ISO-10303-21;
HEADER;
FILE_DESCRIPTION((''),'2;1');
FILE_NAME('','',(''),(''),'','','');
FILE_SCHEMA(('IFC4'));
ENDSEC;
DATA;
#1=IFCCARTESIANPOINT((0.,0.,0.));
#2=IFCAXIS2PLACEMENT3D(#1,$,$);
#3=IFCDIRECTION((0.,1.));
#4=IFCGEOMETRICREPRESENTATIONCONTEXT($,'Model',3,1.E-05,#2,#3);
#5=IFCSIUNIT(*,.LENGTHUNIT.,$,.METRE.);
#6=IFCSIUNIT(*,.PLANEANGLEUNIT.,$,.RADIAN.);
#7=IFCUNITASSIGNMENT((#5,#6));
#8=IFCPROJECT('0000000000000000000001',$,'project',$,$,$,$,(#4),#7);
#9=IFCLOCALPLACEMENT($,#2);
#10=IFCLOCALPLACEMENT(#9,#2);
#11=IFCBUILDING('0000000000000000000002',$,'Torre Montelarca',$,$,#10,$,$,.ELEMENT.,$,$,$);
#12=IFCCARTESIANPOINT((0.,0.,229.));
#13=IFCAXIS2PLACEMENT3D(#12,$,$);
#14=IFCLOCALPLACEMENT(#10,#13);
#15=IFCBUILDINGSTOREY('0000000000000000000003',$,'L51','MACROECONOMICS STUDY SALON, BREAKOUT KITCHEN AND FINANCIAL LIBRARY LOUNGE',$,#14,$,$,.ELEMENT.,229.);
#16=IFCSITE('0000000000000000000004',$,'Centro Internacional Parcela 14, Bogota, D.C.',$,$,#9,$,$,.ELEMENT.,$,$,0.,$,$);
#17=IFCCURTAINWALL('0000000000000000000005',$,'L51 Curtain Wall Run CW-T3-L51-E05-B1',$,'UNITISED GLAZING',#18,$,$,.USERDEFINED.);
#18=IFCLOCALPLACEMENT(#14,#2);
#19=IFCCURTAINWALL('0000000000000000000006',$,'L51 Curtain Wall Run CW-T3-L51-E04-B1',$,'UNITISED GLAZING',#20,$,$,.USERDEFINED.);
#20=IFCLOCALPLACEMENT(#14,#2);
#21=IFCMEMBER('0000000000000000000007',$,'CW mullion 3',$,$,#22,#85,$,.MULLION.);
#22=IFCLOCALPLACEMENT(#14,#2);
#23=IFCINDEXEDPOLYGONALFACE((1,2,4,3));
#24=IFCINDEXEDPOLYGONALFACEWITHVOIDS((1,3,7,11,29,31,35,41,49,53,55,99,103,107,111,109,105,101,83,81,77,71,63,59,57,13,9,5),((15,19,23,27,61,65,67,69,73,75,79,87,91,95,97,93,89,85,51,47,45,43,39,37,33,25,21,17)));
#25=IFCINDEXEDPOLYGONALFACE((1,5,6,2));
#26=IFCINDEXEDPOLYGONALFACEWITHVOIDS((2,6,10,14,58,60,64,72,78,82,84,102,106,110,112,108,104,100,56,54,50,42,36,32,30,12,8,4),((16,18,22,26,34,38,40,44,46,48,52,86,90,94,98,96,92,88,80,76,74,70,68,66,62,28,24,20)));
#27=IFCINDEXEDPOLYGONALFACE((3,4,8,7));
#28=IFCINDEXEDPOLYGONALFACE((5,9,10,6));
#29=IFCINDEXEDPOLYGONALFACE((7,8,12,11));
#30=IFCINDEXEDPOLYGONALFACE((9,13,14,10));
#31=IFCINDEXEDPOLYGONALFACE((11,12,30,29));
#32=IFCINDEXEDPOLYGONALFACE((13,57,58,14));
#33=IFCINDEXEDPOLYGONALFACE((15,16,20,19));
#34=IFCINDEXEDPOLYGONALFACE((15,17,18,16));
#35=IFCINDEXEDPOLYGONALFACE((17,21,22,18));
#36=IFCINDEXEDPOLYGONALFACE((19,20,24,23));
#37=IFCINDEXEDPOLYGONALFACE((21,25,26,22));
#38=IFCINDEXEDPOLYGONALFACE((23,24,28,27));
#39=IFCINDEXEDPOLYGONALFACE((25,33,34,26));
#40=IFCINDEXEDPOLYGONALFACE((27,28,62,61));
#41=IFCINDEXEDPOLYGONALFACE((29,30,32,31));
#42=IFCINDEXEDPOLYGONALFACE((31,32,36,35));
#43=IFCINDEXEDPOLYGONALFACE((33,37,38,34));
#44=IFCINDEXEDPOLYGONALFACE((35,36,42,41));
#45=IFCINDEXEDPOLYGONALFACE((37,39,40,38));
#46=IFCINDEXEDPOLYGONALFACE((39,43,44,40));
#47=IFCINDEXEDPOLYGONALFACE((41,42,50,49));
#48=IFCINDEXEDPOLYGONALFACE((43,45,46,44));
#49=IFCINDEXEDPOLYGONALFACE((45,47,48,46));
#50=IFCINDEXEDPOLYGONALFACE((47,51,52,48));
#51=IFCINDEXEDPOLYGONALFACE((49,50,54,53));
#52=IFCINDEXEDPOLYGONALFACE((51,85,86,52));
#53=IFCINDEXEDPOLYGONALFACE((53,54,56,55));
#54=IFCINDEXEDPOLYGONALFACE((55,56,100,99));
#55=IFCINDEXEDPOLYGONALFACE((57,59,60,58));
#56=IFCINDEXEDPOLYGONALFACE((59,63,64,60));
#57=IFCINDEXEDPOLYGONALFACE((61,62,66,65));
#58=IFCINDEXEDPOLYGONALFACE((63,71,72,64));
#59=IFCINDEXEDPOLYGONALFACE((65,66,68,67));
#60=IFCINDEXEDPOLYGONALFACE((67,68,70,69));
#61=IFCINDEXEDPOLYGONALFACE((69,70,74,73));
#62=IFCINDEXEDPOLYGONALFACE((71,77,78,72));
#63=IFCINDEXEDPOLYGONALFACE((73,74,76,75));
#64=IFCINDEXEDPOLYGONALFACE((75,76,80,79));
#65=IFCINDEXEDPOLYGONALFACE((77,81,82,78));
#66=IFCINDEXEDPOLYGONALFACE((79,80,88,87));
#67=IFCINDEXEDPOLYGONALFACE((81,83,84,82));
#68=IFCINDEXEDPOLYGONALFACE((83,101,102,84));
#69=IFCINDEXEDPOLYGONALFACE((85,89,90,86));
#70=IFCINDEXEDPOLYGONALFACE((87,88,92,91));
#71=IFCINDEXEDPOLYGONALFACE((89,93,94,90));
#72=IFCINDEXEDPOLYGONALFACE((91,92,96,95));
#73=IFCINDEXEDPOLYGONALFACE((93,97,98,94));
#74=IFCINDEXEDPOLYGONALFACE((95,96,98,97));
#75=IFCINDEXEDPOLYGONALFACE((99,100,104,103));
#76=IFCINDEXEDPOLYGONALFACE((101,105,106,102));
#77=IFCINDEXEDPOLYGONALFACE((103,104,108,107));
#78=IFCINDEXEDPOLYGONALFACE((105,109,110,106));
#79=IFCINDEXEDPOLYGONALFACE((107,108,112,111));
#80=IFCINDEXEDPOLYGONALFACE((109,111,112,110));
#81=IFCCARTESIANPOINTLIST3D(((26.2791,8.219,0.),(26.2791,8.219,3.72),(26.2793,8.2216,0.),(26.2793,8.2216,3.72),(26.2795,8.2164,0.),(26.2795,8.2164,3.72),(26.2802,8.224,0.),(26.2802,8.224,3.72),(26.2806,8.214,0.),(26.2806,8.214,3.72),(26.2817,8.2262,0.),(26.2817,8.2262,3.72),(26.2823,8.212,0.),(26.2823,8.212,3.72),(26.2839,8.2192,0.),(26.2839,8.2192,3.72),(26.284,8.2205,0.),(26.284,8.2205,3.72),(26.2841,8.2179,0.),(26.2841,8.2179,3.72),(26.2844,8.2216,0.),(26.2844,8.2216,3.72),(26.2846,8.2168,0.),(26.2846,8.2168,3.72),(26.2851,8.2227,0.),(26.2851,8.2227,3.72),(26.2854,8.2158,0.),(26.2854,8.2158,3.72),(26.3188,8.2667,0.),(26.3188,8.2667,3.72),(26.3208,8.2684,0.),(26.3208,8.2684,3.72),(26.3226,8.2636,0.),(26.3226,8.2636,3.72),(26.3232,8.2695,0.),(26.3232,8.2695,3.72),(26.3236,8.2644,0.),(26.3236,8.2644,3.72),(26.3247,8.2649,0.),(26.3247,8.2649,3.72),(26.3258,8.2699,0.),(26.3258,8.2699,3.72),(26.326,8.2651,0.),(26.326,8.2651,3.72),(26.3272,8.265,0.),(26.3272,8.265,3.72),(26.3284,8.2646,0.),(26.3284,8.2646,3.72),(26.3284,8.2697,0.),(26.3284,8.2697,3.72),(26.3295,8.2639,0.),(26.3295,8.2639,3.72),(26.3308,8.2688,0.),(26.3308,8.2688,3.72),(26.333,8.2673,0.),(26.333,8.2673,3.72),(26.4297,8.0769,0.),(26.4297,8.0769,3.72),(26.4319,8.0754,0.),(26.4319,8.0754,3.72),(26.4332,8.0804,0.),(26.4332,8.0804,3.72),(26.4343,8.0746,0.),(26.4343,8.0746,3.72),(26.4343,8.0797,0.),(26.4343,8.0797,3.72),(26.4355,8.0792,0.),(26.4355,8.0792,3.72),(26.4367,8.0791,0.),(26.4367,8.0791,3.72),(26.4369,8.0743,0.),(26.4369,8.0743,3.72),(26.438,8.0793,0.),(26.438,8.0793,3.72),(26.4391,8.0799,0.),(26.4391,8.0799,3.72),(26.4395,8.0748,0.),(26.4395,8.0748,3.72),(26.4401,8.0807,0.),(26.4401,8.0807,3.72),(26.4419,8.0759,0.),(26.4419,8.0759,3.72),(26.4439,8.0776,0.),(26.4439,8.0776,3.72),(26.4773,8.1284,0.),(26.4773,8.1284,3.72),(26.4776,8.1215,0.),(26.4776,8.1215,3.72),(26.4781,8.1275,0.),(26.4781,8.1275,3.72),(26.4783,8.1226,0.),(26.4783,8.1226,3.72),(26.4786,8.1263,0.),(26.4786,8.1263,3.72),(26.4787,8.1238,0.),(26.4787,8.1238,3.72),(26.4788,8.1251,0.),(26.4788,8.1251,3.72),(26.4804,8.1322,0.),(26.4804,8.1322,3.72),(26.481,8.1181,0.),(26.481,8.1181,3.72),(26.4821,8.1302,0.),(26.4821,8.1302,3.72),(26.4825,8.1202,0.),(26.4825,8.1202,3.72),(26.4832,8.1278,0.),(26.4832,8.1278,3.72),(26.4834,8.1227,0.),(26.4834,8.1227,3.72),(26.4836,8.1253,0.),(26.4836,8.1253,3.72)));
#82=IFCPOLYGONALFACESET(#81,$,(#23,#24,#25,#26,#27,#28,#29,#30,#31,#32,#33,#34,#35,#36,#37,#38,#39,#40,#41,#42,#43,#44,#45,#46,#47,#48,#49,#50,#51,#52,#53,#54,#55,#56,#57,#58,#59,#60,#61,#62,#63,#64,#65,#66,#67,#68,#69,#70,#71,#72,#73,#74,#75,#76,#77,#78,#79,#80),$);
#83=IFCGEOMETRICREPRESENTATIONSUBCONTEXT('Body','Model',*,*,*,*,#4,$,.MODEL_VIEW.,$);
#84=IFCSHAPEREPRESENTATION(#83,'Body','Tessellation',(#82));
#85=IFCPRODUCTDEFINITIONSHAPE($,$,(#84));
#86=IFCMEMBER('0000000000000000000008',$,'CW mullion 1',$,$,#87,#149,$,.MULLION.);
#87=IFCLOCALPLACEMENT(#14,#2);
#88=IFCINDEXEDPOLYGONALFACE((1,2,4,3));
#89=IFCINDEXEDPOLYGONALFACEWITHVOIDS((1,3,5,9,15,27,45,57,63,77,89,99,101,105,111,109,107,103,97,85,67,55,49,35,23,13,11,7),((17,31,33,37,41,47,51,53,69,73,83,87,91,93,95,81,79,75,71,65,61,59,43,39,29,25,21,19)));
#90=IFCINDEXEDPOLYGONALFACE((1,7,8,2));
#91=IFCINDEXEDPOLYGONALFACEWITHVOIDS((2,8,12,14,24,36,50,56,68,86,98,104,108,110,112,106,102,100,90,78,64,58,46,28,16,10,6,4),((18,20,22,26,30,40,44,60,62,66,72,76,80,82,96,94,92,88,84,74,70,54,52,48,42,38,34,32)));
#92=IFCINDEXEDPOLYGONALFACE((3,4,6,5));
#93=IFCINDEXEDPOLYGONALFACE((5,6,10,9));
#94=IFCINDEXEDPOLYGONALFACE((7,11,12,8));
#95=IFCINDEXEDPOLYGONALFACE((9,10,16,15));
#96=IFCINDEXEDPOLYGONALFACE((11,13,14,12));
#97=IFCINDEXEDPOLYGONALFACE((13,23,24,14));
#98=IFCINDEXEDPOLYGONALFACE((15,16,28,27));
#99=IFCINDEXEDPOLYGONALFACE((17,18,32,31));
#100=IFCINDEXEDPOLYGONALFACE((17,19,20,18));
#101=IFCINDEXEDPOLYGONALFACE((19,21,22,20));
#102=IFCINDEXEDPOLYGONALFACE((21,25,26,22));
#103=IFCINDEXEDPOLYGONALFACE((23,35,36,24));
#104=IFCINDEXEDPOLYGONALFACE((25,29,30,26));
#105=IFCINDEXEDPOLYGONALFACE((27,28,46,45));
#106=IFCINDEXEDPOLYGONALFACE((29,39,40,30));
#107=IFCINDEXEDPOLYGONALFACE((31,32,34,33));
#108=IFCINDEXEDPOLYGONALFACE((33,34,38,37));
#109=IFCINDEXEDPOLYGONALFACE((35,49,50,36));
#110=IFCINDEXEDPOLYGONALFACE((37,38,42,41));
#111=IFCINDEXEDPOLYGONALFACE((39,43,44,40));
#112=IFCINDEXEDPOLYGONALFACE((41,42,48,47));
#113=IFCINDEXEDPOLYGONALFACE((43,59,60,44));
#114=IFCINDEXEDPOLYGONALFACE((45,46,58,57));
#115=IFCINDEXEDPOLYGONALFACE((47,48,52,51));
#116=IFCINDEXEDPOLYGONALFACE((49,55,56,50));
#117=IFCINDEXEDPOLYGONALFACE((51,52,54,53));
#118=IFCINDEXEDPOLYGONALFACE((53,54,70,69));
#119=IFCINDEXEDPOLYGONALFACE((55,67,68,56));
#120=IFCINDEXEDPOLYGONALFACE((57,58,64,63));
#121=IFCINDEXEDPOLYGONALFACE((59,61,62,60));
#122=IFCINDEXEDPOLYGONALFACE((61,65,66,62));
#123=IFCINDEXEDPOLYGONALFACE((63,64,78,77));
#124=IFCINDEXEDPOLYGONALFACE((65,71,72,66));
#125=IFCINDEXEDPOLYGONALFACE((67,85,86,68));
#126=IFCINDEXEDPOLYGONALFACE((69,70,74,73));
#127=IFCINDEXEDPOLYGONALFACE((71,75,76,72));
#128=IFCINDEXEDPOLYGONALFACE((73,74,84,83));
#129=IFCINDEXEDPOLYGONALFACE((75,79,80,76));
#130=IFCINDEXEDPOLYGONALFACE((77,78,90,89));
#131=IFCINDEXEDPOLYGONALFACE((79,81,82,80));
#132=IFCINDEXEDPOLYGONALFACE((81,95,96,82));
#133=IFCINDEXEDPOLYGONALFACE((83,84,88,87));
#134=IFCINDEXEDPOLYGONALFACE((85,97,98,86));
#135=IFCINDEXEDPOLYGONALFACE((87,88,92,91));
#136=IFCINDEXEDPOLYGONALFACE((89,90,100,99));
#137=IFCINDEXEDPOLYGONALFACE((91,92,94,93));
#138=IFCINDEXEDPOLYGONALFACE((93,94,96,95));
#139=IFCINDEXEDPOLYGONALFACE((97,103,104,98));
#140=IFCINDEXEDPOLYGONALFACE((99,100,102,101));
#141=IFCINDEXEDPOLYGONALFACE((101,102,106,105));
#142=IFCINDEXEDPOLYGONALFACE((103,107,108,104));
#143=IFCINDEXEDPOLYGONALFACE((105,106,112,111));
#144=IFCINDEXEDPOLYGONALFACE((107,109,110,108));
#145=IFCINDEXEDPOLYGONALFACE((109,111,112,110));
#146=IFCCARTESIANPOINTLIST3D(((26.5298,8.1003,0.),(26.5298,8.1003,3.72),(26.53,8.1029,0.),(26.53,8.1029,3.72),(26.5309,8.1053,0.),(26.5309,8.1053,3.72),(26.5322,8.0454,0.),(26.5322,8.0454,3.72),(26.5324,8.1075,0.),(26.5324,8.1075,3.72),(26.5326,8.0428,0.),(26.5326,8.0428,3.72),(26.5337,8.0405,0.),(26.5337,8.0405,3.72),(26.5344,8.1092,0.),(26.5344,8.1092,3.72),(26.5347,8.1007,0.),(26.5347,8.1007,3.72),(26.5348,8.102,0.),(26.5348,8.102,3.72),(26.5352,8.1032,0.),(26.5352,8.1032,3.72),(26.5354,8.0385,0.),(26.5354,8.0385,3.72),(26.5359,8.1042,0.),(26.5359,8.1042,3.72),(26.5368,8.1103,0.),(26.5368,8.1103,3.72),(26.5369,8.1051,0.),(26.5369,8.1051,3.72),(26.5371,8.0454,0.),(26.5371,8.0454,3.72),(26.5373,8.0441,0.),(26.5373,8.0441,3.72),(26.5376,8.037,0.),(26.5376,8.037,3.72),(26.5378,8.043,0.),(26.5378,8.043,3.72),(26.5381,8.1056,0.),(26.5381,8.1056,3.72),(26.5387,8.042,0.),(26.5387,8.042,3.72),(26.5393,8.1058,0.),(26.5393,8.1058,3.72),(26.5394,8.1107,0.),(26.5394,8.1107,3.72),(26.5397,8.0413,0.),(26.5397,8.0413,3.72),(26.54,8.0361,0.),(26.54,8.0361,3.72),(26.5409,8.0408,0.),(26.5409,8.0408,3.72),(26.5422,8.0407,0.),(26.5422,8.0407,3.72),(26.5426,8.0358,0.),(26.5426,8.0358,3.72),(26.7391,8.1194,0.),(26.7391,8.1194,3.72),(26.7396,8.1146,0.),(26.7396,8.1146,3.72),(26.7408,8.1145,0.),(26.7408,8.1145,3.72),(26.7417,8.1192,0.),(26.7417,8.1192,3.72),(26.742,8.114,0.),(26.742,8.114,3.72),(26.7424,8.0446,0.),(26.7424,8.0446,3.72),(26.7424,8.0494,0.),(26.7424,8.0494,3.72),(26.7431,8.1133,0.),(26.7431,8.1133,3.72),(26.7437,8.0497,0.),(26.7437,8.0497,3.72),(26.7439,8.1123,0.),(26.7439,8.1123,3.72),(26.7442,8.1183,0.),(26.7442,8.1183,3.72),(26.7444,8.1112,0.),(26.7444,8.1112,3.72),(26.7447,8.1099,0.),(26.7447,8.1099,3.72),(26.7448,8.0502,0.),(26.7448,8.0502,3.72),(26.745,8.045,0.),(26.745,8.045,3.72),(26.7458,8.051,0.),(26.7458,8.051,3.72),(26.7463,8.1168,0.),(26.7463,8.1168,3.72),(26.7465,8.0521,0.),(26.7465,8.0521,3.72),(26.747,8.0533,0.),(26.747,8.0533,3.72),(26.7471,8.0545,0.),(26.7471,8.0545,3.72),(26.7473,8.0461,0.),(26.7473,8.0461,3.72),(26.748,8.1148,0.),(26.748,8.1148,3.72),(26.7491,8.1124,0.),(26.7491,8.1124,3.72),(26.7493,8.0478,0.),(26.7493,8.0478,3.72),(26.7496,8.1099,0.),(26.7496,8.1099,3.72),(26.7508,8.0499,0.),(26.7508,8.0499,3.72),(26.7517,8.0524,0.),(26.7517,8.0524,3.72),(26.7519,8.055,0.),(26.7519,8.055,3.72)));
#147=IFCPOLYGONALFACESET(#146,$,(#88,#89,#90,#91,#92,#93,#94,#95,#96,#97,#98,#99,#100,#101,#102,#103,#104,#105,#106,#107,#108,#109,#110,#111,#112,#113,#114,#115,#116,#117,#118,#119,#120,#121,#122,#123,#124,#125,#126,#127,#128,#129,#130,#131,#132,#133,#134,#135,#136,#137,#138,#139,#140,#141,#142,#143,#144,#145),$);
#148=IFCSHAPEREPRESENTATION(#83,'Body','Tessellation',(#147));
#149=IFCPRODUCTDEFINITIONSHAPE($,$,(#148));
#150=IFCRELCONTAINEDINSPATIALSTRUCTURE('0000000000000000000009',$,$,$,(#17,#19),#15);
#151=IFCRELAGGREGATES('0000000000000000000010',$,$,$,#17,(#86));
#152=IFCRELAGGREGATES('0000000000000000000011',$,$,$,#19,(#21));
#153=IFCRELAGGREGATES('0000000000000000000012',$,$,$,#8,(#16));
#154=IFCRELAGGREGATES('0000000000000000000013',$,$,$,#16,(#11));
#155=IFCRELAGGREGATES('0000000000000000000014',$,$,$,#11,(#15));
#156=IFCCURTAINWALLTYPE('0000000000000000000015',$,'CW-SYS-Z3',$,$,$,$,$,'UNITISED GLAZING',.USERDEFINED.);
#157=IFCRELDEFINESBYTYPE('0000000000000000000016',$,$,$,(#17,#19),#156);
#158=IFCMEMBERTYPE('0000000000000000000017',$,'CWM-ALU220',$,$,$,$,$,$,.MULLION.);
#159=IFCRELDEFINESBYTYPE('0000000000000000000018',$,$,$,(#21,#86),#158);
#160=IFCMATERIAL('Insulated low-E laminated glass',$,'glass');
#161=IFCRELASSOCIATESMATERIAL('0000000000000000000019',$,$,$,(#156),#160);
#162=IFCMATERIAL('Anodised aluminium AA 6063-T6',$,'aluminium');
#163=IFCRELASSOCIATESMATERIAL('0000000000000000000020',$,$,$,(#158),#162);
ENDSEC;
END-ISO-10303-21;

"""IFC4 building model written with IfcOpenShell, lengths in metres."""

from ifc_helpers import new_model, si_unit, direction, frame, origin, origin_2d, place, context, subcontext, project, spatial, hollow_rectangle, extrude, source, transform, mapped, material, material_profile, profile_set, type_object, element, aggregate, save


model = new_model("IFC4")

# Units and contexts
model_context = context("Model", 3, precision=1e-05, world=origin(), true_north=direction((0.0, 1.0)))
body_context = subcontext(model_context, "Body", "Model", "MODEL_VIEW")
ifc_project = project(units=[si_unit("LENGTHUNIT", "METRE"), si_unit("PLANEANGLEUNIT", "RADIAN")], contexts=[model_context])

# Site, building, storey
site_placement = place(None, origin())
site = spatial("IfcSite", under=ifc_project, at=site_placement, Name="Centro Internacional Parcela 14, Bogota, D.C.", CompositionType="ELEMENT", RefElevation=0.0)
building_placement = place(site_placement, origin())
building = spatial("IfcBuilding", under=site, at=building_placement, Name="Torre Montelarca", CompositionType="ELEMENT")
storey_placement = place(building_placement, frame((0.0, 0.0, 229.0)))
storey = spatial("IfcBuildingStorey", under=building, at=storey_placement, Name="L51", Description="MACROECONOMICS STUDY SALON, BREAKOUT KITCHEN AND FINANCIAL LIBRARY LOUNGE", CompositionType="ELEMENT", Elevation=229.0)

# Curtain wall
ifc_material_1 = material(Name="Insulated low-E laminated glass", Category="glass")
curtain_wall_type = type_object("IfcCurtainWallType", Name="CW-SYS-Z3", ElementType="UNITISED GLAZING", PredefinedType="USERDEFINED", material=ifc_material_1)
curtain_wall_1_placement = place(storey_placement, origin())
curtain_wall_1 = element("IfcCurtainWall", 1, at=curtain_wall_1_placement, inside=storey, type_object=curtain_wall_type, Name="L51 Curtain Wall Run CW-T3-L51-E05-B1", ObjectType="UNITISED GLAZING", PredefinedType="USERDEFINED")
ifc_material_2 = material(Name="Anodised aluminium AA 6063-T6", Category="aluminium")

# Shared definitions
ifc_material_profile_1 = material_profile(ifc_material_2, hollow_rectangle(XDim=0.075, YDim=0.22, WallThickness=0.0049, InnerFilletRadius=0.0049, OuterFilletRadius=0.01, at=origin_2d()), Name="ALU75X220X5", Category="aluminium")
ifc_profile_set_1 = profile_set([ifc_material_profile_1], Name="Anodised aluminium AA 6063-T6")
member_type_1 = type_object("IfcMemberType", Name="CWM-ALU220", PredefinedType="MULLION", material=ifc_profile_set_1)
shared_shape_1 = source(origin(), body_context, "Body", "SweptSolid", [
    extrude(hollow_rectangle(XDim=0.075, YDim=0.22, WallThickness=0.0049, InnerFilletRadius=0.0049, OuterFilletRadius=0.01, at=origin_2d()), origin(), (0.0, 0.0, 1.0), 3.72),
])

# Curtain wall, member
curtain_wall_2_placement = place(storey_placement, origin())
curtain_wall_2 = element("IfcCurtainWall", 2, at=curtain_wall_2_placement, inside=storey, type_object=curtain_wall_type, Name="L51 Curtain Wall Run CW-T3-L51-E04-B1", ObjectType="UNITISED GLAZING", PredefinedType="USERDEFINED")
member_1_placement = place(storey_placement, frame((26.3813, 8.1721, 0.0), z_axis=(0.0, 0.0, 1.0), x_axis=(0.675572, 0.737294, 0.0)))
member_1 = element("IfcMember", 3, at=member_1_placement, type_object=member_type_1, Name="CW mullion 3", PredefinedType="MULLION", context=body_context, shape_type="MappedRepresentation", body=[
    mapped(shared_shape_1, transform((0.0, 0.0, 0.0), scale=1.0)),
])

# Member
member_2_placement = place(storey_placement, frame((26.6409, 8.0776, 0.0), z_axis=(0.0, 0.0, 1.0), x_axis=(-0.043616, 0.999048, 0.0)))
member_2 = element("IfcMember", 4, at=member_2_placement, type_object=member_type_1, Name="CW mullion 1", PredefinedType="MULLION", context=body_context, shape_type="MappedRepresentation", body=[
    mapped(shared_shape_1, transform((0.0, 0.0, 0.0), scale=1.0)),
])

aggregate(curtain_wall_1, [member_2])
aggregate(curtain_wall_2, [member_1])

save(model, "model.ifc")
